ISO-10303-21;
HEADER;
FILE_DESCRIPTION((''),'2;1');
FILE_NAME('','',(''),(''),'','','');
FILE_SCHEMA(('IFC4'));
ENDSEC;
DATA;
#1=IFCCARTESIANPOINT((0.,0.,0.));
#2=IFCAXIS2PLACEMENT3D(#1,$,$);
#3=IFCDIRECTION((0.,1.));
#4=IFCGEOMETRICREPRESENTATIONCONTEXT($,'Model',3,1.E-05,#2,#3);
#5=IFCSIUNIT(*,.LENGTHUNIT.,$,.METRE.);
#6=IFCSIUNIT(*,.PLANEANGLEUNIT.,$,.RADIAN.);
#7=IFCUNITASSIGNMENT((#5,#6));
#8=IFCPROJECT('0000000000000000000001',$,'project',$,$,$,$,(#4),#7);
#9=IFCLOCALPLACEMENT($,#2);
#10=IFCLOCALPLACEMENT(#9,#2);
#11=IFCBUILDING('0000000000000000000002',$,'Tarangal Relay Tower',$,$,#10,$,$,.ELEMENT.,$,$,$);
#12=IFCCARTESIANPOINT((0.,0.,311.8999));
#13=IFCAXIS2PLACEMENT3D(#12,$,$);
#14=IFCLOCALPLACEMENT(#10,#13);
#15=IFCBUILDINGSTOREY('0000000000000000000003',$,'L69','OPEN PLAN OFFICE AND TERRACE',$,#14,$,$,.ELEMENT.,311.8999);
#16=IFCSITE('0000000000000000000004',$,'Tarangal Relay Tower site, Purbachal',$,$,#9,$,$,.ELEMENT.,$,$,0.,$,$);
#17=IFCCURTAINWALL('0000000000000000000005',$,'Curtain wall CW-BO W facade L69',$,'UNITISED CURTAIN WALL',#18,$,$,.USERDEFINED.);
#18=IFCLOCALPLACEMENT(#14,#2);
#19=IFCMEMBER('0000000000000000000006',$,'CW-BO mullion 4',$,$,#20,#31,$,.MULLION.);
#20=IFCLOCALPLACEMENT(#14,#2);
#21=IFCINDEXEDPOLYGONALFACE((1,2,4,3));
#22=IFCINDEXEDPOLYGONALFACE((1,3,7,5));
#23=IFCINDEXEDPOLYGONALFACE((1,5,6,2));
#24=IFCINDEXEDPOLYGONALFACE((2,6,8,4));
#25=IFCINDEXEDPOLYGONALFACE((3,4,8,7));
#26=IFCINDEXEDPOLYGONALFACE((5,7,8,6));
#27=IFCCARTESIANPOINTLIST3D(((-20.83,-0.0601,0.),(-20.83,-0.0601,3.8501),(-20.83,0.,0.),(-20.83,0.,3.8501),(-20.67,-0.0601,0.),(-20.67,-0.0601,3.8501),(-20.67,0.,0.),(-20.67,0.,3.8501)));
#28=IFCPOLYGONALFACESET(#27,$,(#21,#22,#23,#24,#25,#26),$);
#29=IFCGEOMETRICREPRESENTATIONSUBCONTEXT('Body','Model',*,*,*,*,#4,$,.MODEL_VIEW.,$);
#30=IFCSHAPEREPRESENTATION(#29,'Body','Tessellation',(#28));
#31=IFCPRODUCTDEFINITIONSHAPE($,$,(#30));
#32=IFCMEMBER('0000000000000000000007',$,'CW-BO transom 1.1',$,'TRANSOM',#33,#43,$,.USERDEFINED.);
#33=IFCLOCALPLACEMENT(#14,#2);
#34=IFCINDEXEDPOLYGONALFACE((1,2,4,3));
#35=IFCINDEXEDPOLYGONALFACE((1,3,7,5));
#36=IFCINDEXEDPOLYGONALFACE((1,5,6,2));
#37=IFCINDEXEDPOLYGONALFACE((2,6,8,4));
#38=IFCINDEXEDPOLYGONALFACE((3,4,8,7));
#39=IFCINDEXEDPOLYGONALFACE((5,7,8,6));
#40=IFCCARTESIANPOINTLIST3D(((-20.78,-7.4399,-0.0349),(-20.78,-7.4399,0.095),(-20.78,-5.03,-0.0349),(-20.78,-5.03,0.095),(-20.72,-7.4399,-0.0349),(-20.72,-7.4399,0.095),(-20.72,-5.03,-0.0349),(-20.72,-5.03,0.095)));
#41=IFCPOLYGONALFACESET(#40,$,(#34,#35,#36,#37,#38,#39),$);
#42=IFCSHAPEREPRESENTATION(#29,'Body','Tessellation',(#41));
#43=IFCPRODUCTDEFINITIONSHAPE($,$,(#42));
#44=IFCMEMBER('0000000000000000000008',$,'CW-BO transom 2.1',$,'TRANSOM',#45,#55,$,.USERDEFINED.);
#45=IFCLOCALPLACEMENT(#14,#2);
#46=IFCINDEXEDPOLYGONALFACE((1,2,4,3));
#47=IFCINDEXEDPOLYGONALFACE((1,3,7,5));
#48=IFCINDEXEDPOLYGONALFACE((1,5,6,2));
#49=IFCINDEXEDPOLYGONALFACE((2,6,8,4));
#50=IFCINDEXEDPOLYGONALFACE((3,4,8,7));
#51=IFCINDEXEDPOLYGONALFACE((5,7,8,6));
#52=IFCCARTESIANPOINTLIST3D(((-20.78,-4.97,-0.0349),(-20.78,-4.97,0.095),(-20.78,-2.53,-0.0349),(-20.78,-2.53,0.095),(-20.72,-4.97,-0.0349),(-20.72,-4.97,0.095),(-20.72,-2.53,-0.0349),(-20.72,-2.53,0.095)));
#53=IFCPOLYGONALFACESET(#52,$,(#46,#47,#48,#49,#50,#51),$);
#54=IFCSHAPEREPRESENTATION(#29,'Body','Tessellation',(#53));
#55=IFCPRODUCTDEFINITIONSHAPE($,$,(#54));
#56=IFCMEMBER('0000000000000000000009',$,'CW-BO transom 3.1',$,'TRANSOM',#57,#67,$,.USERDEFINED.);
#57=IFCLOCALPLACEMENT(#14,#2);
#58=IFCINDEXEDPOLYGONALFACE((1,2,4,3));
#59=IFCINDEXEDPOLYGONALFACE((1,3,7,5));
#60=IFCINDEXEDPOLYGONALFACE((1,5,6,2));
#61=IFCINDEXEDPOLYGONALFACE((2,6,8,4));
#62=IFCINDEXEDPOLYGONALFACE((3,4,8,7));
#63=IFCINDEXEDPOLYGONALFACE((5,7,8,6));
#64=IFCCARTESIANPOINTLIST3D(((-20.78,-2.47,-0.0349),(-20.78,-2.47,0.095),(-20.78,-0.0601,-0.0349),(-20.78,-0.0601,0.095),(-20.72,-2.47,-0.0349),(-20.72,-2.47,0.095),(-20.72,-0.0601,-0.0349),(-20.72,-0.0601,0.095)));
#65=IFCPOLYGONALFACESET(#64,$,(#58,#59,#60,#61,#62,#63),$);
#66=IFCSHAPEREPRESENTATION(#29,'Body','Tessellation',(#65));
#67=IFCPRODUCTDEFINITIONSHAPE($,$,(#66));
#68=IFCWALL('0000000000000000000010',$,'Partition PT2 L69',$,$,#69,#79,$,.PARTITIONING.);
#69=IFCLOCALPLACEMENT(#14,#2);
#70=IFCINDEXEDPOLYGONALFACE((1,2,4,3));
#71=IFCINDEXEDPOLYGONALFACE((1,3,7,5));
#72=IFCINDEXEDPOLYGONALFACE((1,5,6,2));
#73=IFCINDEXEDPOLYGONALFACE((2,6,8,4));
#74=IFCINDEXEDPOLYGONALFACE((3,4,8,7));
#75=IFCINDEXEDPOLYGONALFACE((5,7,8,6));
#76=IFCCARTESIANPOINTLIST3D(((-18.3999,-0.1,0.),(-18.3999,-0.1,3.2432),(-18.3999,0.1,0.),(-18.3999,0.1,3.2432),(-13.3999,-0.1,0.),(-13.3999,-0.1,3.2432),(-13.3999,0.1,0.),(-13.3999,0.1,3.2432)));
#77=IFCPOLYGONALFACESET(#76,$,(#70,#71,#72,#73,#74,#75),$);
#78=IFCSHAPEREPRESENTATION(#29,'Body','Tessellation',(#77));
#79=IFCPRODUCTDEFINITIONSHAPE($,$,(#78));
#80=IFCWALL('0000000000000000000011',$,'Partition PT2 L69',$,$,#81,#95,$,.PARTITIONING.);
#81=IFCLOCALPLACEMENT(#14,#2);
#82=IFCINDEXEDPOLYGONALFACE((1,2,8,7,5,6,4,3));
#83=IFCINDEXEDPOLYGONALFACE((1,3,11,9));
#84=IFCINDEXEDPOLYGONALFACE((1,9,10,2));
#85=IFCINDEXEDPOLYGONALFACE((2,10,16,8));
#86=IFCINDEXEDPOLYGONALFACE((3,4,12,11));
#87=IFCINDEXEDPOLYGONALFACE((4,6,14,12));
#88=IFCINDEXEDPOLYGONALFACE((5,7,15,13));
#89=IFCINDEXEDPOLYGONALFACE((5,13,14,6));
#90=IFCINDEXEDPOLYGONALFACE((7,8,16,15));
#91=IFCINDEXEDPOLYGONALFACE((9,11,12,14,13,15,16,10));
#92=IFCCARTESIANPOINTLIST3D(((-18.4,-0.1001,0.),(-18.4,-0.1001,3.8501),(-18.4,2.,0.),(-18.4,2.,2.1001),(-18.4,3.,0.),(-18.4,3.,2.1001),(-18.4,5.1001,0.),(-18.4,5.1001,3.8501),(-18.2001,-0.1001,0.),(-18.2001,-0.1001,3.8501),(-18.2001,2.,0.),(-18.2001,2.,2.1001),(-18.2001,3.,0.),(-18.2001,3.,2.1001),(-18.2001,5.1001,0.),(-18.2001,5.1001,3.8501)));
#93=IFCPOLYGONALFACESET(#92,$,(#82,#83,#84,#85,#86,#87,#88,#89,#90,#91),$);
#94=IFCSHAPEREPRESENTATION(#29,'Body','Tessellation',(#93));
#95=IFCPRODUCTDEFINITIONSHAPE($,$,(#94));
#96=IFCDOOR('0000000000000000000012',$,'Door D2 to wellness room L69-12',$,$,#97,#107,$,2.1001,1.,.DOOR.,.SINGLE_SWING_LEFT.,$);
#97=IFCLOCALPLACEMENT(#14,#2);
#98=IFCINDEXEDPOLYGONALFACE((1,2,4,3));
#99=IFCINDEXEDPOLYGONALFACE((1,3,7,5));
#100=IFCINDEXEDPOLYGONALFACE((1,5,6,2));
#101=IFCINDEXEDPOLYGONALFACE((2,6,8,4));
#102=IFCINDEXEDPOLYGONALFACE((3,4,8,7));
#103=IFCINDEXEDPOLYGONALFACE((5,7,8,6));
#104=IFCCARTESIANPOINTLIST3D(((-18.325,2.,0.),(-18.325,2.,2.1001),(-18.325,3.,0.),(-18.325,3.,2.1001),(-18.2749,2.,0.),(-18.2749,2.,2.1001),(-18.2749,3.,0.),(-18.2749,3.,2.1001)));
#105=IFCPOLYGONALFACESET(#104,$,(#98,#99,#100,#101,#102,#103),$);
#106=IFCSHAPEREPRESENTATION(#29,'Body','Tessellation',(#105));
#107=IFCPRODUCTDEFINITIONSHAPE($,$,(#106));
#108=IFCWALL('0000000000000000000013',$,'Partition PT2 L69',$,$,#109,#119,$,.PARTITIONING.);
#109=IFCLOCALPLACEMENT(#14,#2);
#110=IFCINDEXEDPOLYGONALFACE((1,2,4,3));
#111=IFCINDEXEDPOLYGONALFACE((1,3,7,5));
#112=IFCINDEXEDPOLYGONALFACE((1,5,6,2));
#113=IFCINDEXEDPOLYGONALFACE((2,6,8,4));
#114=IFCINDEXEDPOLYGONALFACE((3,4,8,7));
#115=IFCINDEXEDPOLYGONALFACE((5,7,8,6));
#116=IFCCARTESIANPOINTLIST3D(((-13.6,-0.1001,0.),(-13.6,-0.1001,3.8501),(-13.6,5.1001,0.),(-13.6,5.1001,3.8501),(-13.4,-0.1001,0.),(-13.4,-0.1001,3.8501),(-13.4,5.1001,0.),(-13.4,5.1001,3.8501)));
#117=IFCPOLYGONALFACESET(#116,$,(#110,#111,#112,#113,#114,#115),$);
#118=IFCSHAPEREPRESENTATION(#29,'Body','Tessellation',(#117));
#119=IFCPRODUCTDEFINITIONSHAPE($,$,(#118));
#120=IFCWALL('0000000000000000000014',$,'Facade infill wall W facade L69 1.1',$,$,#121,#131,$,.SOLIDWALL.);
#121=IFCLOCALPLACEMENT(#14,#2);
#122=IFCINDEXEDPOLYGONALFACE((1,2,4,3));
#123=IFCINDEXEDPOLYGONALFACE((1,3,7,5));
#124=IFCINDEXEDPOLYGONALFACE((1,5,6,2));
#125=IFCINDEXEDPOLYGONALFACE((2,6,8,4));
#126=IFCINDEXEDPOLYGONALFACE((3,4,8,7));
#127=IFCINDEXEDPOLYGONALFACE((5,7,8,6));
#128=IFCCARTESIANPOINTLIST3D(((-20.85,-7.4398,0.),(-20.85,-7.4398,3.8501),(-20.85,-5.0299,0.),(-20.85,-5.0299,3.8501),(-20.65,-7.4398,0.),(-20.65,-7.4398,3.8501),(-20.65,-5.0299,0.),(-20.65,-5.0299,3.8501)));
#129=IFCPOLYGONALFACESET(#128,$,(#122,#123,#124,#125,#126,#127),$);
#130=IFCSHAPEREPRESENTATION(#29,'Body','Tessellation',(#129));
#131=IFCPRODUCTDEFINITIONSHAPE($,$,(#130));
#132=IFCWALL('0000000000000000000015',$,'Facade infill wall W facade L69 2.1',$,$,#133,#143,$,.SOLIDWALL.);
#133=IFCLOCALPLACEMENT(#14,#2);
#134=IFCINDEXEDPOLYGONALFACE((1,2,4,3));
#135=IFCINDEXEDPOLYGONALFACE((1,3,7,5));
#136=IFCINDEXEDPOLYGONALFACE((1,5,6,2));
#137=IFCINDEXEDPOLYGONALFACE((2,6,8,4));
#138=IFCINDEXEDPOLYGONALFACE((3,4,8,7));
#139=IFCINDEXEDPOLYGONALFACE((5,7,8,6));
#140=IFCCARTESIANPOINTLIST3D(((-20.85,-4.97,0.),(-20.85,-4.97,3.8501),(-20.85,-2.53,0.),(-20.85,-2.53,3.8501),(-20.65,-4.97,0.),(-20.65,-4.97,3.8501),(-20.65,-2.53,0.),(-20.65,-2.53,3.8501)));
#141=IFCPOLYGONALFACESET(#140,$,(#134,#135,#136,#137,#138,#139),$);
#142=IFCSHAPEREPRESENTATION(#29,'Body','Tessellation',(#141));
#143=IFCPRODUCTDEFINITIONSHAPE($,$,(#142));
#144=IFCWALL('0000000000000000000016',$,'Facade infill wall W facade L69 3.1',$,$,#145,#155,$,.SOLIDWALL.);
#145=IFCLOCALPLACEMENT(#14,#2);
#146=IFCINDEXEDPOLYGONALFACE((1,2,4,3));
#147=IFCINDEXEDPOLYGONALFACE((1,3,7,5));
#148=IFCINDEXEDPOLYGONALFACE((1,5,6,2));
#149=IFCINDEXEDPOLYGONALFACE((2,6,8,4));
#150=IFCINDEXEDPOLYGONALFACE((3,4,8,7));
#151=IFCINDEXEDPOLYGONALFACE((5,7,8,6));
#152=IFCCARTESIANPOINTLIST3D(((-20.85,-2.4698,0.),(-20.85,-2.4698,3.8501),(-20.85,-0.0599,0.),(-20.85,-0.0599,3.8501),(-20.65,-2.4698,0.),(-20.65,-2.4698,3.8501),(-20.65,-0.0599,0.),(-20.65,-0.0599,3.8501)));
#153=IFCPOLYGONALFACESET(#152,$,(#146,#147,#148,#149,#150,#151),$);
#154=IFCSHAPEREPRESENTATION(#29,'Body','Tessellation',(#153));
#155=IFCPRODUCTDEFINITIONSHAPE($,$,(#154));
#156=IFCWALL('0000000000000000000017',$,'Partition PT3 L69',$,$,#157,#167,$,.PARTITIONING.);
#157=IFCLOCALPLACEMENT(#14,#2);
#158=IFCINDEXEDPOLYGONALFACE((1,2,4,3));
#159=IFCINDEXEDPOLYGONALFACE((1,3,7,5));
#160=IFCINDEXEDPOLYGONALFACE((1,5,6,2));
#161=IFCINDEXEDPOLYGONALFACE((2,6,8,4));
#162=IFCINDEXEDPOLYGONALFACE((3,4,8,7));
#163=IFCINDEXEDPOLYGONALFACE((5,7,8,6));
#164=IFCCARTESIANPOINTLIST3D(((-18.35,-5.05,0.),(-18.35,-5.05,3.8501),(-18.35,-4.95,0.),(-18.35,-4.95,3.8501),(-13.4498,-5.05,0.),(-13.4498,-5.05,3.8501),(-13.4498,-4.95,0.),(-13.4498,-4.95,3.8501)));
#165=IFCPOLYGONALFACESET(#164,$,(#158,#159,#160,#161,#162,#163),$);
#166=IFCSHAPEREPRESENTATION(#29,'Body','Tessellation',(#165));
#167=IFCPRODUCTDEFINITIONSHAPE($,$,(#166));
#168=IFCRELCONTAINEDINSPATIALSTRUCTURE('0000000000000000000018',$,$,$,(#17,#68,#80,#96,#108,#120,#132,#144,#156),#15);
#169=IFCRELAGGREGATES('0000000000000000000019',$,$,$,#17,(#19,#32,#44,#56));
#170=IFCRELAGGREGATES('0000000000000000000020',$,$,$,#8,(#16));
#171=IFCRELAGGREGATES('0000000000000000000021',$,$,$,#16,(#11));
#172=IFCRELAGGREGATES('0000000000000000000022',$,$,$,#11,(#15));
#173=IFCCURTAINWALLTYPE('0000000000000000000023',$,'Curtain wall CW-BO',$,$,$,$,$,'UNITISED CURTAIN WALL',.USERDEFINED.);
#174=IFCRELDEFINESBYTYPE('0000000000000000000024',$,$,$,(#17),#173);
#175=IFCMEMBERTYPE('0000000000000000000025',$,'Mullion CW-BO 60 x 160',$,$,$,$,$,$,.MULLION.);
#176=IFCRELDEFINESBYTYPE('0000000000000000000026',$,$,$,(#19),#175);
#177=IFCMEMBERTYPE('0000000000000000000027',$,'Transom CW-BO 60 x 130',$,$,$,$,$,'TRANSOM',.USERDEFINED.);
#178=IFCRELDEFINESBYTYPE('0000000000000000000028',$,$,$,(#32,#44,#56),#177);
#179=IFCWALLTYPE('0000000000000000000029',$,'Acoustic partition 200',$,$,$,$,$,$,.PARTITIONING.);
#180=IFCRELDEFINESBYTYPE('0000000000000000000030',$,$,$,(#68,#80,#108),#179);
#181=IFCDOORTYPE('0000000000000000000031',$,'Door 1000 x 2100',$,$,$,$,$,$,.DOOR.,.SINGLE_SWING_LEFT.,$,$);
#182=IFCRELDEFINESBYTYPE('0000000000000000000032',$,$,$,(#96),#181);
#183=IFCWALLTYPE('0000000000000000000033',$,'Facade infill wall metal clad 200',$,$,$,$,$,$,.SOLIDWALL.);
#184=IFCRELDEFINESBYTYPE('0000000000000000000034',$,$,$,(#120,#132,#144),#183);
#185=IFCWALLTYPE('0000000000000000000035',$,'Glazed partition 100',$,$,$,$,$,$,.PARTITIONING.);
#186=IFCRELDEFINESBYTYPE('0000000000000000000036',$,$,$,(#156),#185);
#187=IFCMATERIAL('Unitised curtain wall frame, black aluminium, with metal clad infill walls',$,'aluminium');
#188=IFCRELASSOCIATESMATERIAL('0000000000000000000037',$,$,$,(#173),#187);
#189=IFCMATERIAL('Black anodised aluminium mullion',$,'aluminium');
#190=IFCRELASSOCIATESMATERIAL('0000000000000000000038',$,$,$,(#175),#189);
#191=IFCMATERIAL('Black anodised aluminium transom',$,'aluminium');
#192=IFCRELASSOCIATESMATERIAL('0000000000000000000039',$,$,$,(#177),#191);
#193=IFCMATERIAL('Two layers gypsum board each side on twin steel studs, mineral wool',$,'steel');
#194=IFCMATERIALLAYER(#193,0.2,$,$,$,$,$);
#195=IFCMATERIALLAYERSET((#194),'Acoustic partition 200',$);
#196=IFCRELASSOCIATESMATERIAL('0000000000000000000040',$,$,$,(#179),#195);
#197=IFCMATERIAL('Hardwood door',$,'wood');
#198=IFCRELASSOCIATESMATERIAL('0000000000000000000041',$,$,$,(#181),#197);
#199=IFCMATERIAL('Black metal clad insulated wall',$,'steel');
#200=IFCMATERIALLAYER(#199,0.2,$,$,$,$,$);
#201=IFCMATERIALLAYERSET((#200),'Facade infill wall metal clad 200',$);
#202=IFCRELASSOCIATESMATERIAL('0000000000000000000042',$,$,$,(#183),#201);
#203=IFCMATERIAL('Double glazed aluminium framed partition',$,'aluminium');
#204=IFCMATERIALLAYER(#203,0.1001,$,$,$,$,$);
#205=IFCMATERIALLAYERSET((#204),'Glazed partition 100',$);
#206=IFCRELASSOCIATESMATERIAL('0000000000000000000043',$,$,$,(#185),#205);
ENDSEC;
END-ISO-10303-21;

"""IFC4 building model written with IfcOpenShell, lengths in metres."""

from ifc_helpers import new_model, si_unit, direction, frame, frame_2d, origin, origin_2d, place, context, subcontext, project, spatial, rectangle, extrude, material, layer, layer_set, material_profile, profile_set, type_object, element, fill, aggregate, save


model = new_model("IFC4")

# Units and contexts
model_context = context("Model", 3, precision=1e-05, world=origin(), true_north=direction((0.0, 1.0)))
body_context = subcontext(model_context, "Body", "Model", "MODEL_VIEW")
ifc_project = project(units=[si_unit("LENGTHUNIT", "METRE"), si_unit("PLANEANGLEUNIT", "RADIAN")], contexts=[model_context])

# Site, building, storey
site_placement = place(None, origin())
site = spatial("IfcSite", under=ifc_project, at=site_placement, Name="Tarangal Relay Tower site, Purbachal", CompositionType="ELEMENT", RefElevation=0.0)
building_placement = place(site_placement, origin())
building = spatial("IfcBuilding", under=site, at=building_placement, Name="Tarangal Relay Tower", CompositionType="ELEMENT")
storey_placement = place(building_placement, frame((0.0, 0.0, 311.8999)))
storey = spatial("IfcBuildingStorey", under=building, at=storey_placement, Name="L69", Description="OPEN PLAN OFFICE AND TERRACE", CompositionType="ELEMENT", Elevation=311.8999)

# Shared definitions
ifc_material_1 = material(Name="Black anodised aluminium mullion", Category="aluminium")

# Curtain wall, members
ifc_material_2 = material(Name="Unitised curtain wall frame, black aluminium, with metal clad infill walls", Category="aluminium")
curtain_wall_type_1 = type_object("IfcCurtainWallType", Name="Curtain wall CW-BO", ElementType="UNITISED CURTAIN WALL", PredefinedType="USERDEFINED", material=ifc_material_2)
curtain_wall_1_placement = place(storey_placement, origin())
curtain_wall_1 = element("IfcCurtainWall", 1, at=curtain_wall_1_placement, inside=storey, type_object=curtain_wall_type_1, Name="Curtain wall CW-BO W facade L69", ObjectType="UNITISED CURTAIN WALL", PredefinedType="USERDEFINED")
ifc_material_profile_1 = material_profile(ifc_material_1, rectangle(XDim=0.1599, YDim=0.0601, at=origin_2d()), Name="CW-BOM 60X160")
ifc_profile_set_1 = profile_set([ifc_material_profile_1], Name="Black anodised aluminium mullion")
member_type_1 = type_object("IfcMemberType", Name="Mullion CW-BO 60 x 160", PredefinedType="MULLION", material=ifc_profile_set_1)
member_1_placement = place(storey_placement, frame((-20.75, -0.03, 0.0), z_axis=(0.0, 0.0, 1.0), x_axis=(-1.0, 0.0, 0.0)))
member_1 = element("IfcMember", 2, at=member_1_placement, type_object=member_type_1, Name="CW-BO mullion 4", PredefinedType="MULLION", context=body_context, shape_type="SweptSolid", body=[
    extrude(rectangle(XDim=0.1599, YDim=0.0601, at=origin_2d()), origin(), (0.0, 0.0, 1.0), 3.8501),
])
ifc_material_3 = material(Name="Black anodised aluminium transom", Category="aluminium")
ifc_material_profile_2 = material_profile(ifc_material_3, rectangle(XDim=0.0601, YDim=0.1299, at=origin_2d()), Name="CW-BOT 60X130")
ifc_profile_set_2 = profile_set([ifc_material_profile_2], Name="Black anodised aluminium transom")
member_type_2 = type_object("IfcMemberType", Name="Transom CW-BO 60 x 130", ElementType="TRANSOM", PredefinedType="USERDEFINED", material=ifc_profile_set_2)
member_2_placement = place(storey_placement, frame((-20.75, -7.4399, 0.03), z_axis=(0.0, 1.0, 0.0), x_axis=(-1.0, 0.0, 0.0)))
member_2 = element("IfcMember", 3, at=member_2_placement, type_object=member_type_2, Name="CW-BO transom 1.1", ObjectType="TRANSOM", PredefinedType="USERDEFINED", context=body_context, shape_type="SweptSolid", body=[
    extrude(rectangle(XDim=0.0601, YDim=0.1299, at=origin_2d()), origin(), (0.0, 0.0, 1.0), 2.4099),
])
member_3_placement = place(storey_placement, frame((-20.75, -4.97, 0.03), z_axis=(0.0, 1.0, 0.0), x_axis=(-1.0, 0.0, 0.0)))
member_3 = element("IfcMember", 4, at=member_3_placement, type_object=member_type_2, Name="CW-BO transom 2.1", ObjectType="TRANSOM", PredefinedType="USERDEFINED", context=body_context, shape_type="SweptSolid", body=[
    extrude(rectangle(XDim=0.0601, YDim=0.1299, at=origin_2d()), origin(), (0.0, 0.0, 1.0), 2.4399),
])
member_4_placement = place(storey_placement, frame((-20.75, -2.47, 0.03), z_axis=(0.0, 1.0, 0.0), x_axis=(-1.0, 0.0, 0.0)))
member_4 = element("IfcMember", 5, at=member_4_placement, type_object=member_type_2, Name="CW-BO transom 3.1", ObjectType="TRANSOM", PredefinedType="USERDEFINED", context=body_context, shape_type="SweptSolid", body=[
    extrude(rectangle(XDim=0.0601, YDim=0.1299, at=origin_2d()), origin(), (0.0, 0.0, 1.0), 2.4099),
])
aggregate(curtain_wall_1, [member_1, member_2, member_3, member_4])

# Wall
ifc_material_4 = material(Name="Two layers gypsum board each side on twin steel studs, mineral wool", Category="steel")
ifc_layer_1 = layer(ifc_material_4, 0.2)
ifc_layer_set_1 = layer_set([ifc_layer_1], Name="Acoustic partition 200")
wall_type_1 = type_object("IfcWallType", Name="Acoustic partition 200", PredefinedType="PARTITIONING", material=ifc_layer_set_1)
wall_1_placement = place(storey_placement, frame((-18.3999, 0.0, 0.0), z_axis=(0.0, 0.0, 1.0), x_axis=(1.0, 0.0, 0.0)))
element("IfcWall", 6, at=wall_1_placement, inside=storey, type_object=wall_type_1, Name="Partition PT2 L69", PredefinedType="PARTITIONING", context=body_context, shape_type="SweptSolid", body=[
    extrude(rectangle(XDim=5.0, YDim=0.2, at=frame_2d((2.5, 0.0))), origin(), (0.0, 0.0, 1.0), 3.2432),
])

# Wall, opening, door
wall_2_placement = place(storey_placement, frame((-18.3, -0.1001, 0.0), z_axis=(0.0, 0.0, 1.0), x_axis=(0.0, 1.0, 0.0)))
wall_2 = element("IfcWall", 7, at=wall_2_placement, inside=storey, type_object=wall_type_1, Name="Partition PT2 L69", PredefinedType="PARTITIONING", context=body_context, shape_type="SweptSolid", body=[
    extrude(rectangle(XDim=5.2002, YDim=0.2, at=frame_2d((2.6001, 0.0))), origin(), (0.0, 0.0, 1.0), 3.8501),
])
opening_1_placement = place(wall_2_placement, frame((2.1001, 0.0, 0.0)))
opening_1 = element("IfcOpeningElement", 8, at=opening_1_placement, cuts=wall_2, PredefinedType="OPENING", context=body_context, shape_type="SweptSolid", body=[
    extrude(rectangle(XDim=1.0, YDim=2.1001, at=frame_2d((0.5, 1.05))), frame((0.0, 0.1099, 0.0), z_axis=(0.0, -1.0, 0.0), x_axis=(1.0, 0.0, 0.0)), (0.0, 0.0, 1.0), 0.22),
])
ifc_material_5 = material(Name="Hardwood door", Category="wood")
door_type_1 = type_object("IfcDoorType", Name="Door 1000 x 2100", OperationType="SINGLE_SWING_LEFT", PredefinedType="DOOR", material=ifc_material_5)
door_1_placement = place(opening_1_placement, origin())
door_1 = element("IfcDoor", 9, at=door_1_placement, inside=storey, type_object=door_type_1, Name="Door D2 to wellness room L69-12", OperationType="SINGLE_SWING_LEFT", OverallHeight=2.1001, OverallWidth=1.0, PredefinedType="DOOR", context=body_context, shape_type="SweptSolid", body=[
    extrude(rectangle(XDim=1.0, YDim=2.1001, at=frame_2d((0.5, 1.05))), frame((0.0, 0.0249, 0.0), z_axis=(0.0, -1.0, 0.0), x_axis=(1.0, 0.0, 0.0)), (0.0, 0.0, 1.0), 0.05),
])
fill(opening_1, door_1)

# Walls
wall_3_placement = place(storey_placement, frame((-13.5, -0.1001, 0.0), z_axis=(0.0, 0.0, 1.0), x_axis=(0.0, 1.0, 0.0)))
element("IfcWall", 10, at=wall_3_placement, inside=storey, type_object=wall_type_1, Name="Partition PT2 L69", PredefinedType="PARTITIONING", context=body_context, shape_type="SweptSolid", body=[
    extrude(rectangle(XDim=5.2002, YDim=0.2, at=frame_2d((2.6001, 0.0))), origin(), (0.0, 0.0, 1.0), 3.8501),
])
ifc_material_6 = material(Name="Black metal clad insulated wall", Category="steel")
ifc_layer_2 = layer(ifc_material_6, 0.2)
ifc_layer_set_2 = layer_set([ifc_layer_2], Name="Facade infill wall metal clad 200")
wall_type_2 = type_object("IfcWallType", Name="Facade infill wall metal clad 200", PredefinedType="SOLIDWALL", material=ifc_layer_set_2)
wall_4_placement = place(storey_placement, frame((-20.75, -7.4399, 0.0), z_axis=(0.0, 0.0, 1.0), x_axis=(0.0, 1.0, 0.0)))
element("IfcWall", 11, at=wall_4_placement, inside=storey, type_object=wall_type_2, Name="Facade infill wall W facade L69 1.1", PredefinedType="SOLIDWALL", context=body_context, shape_type="SweptSolid", body=[
    extrude(rectangle(XDim=2.4099, YDim=0.2, at=frame_2d((1.2051, 0.0))), origin(), (0.0, 0.0, 1.0), 3.8501),
])
wall_5_placement = place(storey_placement, frame((-20.75, -4.97, 0.0), z_axis=(0.0, 0.0, 1.0), x_axis=(0.0, 1.0, 0.0)))
element("IfcWall", 12, at=wall_5_placement, inside=storey, type_object=wall_type_2, Name="Facade infill wall W facade L69 2.1", PredefinedType="SOLIDWALL", context=body_context, shape_type="SweptSolid", body=[
    extrude(rectangle(XDim=2.4399, YDim=0.2, at=frame_2d((1.22, 0.0))), origin(), (0.0, 0.0, 1.0), 3.8501),
])
wall_6_placement = place(storey_placement, frame((-20.75, -2.47, 0.0), z_axis=(0.0, 0.0, 1.0), x_axis=(0.0, 1.0, 0.0)))
element("IfcWall", 13, at=wall_6_placement, inside=storey, type_object=wall_type_2, Name="Facade infill wall W facade L69 3.1", PredefinedType="SOLIDWALL", context=body_context, shape_type="SweptSolid", body=[
    extrude(rectangle(XDim=2.4099, YDim=0.2, at=frame_2d((1.2051, 0.0))), origin(), (0.0, 0.0, 1.0), 3.8501),
])
ifc_material_7 = material(Name="Double glazed aluminium framed partition", Category="aluminium")
ifc_layer_3 = layer(ifc_material_7, 0.1001)
ifc_layer_set_3 = layer_set([ifc_layer_3], Name="Glazed partition 100")
wall_type_3 = type_object("IfcWallType", Name="Glazed partition 100", PredefinedType="PARTITIONING", material=ifc_layer_set_3)
wall_7_placement = place(storey_placement, frame((-18.3501, -5.0, 0.0), z_axis=(0.0, 0.0, 1.0), x_axis=(1.0, 0.0, 0.0)))
element("IfcWall", 14, at=wall_7_placement, inside=storey, type_object=wall_type_3, Name="Partition PT3 L69", PredefinedType="PARTITIONING", context=body_context, shape_type="SweptSolid", body=[
    extrude(rectangle(XDim=4.9001, YDim=0.1001, at=frame_2d((2.4502, 0.0))), origin(), (0.0, 0.0, 1.0), 3.8501),
])

save(model, "model.ifc")
